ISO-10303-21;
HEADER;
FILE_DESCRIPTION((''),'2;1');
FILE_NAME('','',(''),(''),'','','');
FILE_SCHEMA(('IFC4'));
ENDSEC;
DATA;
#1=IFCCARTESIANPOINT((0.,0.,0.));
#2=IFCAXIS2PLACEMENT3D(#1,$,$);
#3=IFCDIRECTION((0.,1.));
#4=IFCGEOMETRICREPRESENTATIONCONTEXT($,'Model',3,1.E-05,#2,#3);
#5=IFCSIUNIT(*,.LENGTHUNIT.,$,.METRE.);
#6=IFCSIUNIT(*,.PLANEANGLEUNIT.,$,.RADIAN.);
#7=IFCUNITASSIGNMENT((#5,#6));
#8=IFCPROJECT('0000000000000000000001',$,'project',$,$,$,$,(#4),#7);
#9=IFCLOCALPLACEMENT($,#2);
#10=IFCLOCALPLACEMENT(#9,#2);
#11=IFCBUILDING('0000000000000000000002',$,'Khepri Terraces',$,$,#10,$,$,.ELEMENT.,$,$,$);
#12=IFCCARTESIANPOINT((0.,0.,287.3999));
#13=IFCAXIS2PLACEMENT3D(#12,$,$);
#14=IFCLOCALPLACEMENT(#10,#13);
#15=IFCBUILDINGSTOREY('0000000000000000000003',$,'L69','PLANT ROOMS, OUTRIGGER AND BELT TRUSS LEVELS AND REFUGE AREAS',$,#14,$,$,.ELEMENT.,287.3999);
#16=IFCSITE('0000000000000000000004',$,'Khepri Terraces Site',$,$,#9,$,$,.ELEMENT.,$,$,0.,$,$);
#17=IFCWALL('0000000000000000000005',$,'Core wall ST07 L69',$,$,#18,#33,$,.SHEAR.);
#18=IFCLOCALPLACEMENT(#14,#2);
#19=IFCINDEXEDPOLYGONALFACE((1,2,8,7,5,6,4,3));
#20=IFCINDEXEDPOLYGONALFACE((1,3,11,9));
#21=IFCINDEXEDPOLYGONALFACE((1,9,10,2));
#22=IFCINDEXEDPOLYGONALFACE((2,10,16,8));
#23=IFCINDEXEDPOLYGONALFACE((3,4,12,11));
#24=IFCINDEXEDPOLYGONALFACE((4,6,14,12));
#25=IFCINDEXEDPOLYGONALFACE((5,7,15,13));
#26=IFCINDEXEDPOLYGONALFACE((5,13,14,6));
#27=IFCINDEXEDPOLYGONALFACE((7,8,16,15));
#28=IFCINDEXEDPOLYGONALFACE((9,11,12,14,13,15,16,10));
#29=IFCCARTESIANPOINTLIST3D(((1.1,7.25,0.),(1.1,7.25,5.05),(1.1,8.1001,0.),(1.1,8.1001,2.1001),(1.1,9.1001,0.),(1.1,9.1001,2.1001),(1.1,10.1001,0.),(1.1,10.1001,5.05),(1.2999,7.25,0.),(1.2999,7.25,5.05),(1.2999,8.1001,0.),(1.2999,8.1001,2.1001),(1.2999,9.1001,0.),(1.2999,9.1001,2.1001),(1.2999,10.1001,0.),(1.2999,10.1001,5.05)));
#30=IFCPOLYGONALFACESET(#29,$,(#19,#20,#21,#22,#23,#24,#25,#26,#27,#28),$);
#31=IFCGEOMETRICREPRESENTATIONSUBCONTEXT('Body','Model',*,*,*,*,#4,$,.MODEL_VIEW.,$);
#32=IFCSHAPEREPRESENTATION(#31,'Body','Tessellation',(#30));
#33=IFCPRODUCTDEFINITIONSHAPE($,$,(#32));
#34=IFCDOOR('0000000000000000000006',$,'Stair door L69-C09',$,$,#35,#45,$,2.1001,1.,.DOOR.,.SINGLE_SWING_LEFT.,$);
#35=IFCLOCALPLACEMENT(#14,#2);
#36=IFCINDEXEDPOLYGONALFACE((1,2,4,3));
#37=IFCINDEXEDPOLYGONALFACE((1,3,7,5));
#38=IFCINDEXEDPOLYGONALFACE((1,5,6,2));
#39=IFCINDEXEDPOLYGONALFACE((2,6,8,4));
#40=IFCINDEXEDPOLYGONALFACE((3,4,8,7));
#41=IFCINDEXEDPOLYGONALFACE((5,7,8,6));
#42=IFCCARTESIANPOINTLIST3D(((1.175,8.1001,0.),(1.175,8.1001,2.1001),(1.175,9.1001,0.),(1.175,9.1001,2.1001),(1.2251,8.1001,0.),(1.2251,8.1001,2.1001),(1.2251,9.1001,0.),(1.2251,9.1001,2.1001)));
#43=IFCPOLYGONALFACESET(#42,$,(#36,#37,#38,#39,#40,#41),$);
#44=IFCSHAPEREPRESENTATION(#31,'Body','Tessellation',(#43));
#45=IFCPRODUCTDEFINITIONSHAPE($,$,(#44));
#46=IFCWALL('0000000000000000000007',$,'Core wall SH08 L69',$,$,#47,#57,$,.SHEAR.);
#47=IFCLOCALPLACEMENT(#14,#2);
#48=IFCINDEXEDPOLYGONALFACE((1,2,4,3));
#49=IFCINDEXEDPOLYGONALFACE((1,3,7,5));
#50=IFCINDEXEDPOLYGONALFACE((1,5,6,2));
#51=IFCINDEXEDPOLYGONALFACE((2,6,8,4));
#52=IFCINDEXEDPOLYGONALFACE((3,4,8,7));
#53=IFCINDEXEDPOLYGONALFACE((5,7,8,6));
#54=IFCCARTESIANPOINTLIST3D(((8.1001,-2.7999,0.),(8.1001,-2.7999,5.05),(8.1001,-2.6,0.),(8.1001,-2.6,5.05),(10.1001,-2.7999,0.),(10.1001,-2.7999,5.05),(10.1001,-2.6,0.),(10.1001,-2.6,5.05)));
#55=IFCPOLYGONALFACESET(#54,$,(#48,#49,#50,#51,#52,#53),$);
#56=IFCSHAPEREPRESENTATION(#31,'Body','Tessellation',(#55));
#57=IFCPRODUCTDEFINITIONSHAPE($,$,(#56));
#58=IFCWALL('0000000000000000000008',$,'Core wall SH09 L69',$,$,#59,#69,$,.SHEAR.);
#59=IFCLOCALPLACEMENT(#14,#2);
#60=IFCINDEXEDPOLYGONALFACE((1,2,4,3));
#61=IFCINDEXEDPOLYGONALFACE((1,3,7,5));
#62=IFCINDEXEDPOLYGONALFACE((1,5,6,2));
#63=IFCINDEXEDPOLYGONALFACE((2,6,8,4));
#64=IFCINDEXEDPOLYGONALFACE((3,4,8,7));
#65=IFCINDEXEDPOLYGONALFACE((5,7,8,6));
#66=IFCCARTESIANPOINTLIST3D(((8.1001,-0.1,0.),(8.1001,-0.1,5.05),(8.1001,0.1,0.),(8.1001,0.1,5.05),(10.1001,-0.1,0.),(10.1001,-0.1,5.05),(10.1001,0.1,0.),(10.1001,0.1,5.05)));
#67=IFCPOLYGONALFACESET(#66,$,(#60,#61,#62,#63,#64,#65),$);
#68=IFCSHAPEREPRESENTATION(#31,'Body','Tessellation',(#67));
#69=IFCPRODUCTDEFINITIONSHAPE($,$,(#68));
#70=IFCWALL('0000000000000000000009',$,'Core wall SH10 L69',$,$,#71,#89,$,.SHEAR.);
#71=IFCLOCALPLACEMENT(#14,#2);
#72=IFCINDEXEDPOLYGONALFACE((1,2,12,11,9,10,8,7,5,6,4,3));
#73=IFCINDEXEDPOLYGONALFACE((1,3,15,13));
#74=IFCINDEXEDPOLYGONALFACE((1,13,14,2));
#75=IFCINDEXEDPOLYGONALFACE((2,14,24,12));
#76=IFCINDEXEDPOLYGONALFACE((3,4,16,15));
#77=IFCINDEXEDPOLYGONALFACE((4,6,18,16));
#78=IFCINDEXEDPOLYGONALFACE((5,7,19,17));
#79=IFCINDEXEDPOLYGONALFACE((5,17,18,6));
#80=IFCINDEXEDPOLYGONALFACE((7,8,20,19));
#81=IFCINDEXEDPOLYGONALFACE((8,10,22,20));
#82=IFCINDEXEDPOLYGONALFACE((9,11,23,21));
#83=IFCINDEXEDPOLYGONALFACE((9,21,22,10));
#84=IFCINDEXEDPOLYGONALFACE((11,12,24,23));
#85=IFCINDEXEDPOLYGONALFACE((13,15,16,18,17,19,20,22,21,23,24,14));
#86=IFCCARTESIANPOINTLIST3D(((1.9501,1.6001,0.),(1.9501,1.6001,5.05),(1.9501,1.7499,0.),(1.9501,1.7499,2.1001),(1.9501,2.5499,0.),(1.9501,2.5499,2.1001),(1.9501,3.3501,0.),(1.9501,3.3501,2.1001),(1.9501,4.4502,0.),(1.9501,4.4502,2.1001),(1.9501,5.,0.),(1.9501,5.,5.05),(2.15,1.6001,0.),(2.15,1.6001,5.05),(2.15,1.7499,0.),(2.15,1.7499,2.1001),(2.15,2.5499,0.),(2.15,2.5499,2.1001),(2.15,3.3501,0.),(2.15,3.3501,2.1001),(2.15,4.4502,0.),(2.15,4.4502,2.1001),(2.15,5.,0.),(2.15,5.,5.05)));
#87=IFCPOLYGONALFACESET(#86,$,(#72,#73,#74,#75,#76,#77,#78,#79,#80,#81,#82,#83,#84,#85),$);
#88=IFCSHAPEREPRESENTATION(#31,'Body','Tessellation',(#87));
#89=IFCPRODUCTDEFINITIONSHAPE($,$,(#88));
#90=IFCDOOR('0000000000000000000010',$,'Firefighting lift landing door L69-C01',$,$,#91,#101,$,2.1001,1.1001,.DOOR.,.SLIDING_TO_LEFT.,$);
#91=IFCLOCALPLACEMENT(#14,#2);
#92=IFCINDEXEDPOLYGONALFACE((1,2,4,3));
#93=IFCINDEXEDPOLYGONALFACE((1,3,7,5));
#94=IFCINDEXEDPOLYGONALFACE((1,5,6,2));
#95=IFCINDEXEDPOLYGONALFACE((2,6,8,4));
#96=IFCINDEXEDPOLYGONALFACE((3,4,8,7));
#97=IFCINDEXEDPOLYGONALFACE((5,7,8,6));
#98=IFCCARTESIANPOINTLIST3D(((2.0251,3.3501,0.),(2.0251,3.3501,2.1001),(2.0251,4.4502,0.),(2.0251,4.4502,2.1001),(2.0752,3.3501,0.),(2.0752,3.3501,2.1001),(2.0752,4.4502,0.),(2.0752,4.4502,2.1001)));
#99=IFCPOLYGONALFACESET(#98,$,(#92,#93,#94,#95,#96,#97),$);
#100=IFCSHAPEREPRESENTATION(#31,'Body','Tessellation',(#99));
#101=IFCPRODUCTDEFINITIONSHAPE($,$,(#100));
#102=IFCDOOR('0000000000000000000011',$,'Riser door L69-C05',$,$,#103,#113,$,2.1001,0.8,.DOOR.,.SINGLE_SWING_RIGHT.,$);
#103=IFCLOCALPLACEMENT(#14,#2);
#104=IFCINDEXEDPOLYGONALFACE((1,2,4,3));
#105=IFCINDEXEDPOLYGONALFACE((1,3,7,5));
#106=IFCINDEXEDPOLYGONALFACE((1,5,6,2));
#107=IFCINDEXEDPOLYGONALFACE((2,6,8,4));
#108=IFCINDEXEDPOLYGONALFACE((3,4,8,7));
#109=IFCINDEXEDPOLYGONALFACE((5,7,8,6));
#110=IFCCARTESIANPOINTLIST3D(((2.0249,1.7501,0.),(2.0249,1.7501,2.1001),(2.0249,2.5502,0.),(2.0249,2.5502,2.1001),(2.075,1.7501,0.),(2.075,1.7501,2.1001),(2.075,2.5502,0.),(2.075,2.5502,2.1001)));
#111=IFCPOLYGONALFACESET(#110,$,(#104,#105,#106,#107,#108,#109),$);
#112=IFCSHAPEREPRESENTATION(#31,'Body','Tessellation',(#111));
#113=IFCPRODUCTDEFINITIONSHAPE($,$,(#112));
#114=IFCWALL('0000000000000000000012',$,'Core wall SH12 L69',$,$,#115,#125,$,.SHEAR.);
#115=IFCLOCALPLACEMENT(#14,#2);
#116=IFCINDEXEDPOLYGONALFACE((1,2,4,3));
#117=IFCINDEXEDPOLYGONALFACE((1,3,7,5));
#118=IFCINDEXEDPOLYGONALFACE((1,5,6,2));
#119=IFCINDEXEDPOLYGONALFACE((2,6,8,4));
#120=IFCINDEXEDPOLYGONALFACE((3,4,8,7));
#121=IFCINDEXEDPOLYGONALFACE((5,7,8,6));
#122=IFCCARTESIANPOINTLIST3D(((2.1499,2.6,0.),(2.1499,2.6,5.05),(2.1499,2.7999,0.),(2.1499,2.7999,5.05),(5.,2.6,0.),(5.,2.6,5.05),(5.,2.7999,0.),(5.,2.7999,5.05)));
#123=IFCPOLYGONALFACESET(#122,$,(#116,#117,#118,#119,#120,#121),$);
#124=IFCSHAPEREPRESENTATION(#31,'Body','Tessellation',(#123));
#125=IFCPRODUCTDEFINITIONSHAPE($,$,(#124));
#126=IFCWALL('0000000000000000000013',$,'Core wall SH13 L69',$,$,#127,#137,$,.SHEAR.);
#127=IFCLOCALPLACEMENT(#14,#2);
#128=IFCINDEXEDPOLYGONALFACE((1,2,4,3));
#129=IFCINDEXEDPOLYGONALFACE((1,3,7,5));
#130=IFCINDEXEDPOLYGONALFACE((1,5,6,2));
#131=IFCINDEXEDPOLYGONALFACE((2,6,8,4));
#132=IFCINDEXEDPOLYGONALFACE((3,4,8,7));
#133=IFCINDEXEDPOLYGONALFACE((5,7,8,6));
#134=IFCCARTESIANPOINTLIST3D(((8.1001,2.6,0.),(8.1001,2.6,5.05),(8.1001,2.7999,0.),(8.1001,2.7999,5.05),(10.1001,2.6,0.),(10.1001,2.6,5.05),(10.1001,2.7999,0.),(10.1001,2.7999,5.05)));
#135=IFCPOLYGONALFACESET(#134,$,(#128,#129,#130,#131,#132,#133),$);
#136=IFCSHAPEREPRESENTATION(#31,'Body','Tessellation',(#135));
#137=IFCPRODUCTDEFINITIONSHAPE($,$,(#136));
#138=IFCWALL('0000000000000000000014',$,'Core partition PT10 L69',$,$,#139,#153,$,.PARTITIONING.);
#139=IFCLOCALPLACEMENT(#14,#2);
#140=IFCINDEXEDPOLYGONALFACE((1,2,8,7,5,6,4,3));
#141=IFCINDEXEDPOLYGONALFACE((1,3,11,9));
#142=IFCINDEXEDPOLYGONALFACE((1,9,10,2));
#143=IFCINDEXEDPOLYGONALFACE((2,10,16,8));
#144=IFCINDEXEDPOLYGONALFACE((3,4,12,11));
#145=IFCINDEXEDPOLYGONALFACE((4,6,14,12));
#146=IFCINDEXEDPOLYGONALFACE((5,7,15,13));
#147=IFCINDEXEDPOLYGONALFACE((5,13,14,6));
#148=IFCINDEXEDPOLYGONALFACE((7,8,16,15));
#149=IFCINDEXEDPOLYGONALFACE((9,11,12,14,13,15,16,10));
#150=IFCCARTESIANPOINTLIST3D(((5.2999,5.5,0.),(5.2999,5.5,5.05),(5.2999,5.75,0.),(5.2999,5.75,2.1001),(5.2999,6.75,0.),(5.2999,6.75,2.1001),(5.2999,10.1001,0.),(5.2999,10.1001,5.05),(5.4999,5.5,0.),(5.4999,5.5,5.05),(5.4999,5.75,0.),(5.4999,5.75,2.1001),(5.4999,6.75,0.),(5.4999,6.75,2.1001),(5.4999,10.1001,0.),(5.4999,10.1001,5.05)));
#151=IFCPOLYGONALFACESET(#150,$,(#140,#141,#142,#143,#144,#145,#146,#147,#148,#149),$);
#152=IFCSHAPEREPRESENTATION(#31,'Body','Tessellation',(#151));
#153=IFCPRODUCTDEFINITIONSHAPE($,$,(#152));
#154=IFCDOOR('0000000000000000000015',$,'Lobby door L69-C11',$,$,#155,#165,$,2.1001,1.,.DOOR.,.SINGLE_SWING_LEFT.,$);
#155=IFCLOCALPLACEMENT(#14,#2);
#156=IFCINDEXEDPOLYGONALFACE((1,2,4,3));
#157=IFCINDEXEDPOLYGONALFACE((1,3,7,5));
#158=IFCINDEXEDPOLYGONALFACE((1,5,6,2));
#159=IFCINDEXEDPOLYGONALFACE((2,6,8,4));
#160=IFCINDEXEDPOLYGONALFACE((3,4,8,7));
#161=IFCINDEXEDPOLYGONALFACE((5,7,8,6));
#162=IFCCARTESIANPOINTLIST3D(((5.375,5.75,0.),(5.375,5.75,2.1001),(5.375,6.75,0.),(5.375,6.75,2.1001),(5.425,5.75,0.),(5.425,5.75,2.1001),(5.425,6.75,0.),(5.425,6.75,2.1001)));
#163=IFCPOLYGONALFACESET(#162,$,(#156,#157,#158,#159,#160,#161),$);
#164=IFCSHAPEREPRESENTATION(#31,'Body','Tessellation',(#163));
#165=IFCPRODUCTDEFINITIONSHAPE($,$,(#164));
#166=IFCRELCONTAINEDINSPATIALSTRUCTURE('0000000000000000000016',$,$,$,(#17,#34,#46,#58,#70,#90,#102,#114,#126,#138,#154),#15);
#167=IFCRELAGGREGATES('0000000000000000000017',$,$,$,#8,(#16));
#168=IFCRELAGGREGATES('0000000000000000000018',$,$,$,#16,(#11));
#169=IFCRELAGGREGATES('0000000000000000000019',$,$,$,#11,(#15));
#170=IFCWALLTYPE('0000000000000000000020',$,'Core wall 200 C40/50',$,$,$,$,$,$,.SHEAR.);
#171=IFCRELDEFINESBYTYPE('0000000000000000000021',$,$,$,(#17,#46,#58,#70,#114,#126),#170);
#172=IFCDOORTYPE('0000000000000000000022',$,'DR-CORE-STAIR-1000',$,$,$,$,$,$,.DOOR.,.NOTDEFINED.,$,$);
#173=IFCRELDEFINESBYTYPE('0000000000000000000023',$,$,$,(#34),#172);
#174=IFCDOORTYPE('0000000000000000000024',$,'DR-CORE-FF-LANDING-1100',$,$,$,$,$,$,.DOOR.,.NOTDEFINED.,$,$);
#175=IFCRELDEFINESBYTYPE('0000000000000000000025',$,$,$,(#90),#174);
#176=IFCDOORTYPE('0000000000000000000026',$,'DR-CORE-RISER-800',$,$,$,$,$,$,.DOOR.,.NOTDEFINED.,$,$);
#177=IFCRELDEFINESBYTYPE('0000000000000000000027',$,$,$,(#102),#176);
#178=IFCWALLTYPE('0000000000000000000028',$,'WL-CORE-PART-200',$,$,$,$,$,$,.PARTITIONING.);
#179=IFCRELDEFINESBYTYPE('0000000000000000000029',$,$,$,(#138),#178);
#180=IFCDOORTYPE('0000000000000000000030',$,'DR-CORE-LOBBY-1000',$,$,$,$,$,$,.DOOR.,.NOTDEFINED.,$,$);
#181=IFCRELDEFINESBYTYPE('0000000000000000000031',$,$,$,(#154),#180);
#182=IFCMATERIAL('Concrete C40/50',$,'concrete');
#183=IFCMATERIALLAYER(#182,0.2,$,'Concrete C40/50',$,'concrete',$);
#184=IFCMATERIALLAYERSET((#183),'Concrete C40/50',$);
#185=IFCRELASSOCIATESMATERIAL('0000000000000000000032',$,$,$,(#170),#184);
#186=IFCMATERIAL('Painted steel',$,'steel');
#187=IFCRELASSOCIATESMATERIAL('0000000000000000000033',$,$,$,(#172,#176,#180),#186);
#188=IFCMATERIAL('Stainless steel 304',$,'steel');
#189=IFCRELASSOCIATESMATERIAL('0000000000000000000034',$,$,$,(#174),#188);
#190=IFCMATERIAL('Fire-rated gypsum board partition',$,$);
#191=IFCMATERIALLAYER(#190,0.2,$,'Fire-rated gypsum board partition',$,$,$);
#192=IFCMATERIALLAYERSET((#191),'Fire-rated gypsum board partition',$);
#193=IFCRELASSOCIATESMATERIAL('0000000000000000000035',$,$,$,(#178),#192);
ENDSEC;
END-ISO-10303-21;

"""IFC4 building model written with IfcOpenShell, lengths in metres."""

from ifc_helpers import new_model, si_unit, direction, frame, frame_2d, origin, place, context, subcontext, project, spatial, rectangle, extrude, material, layer, layer_set, type_object, element, fill, save


model = new_model("IFC4")

# Units and contexts
model_context = context("Model", 3, precision=1e-05, world=origin(), true_north=direction((0.0, 1.0)))
body_context = subcontext(model_context, "Body", "Model", "MODEL_VIEW")
ifc_project = project(units=[si_unit("LENGTHUNIT", "METRE"), si_unit("PLANEANGLEUNIT", "RADIAN")], contexts=[model_context])

# Site, building, storey
site_placement = place(None, origin())
site = spatial("IfcSite", under=ifc_project, at=site_placement, Name="Khepri Terraces Site", CompositionType="ELEMENT", RefElevation=0.0)
building_placement = place(site_placement, origin())
building = spatial("IfcBuilding", under=site, at=building_placement, Name="Khepri Terraces", CompositionType="ELEMENT")
storey_placement = place(building_placement, frame((0.0, 0.0, 287.3999)))
storey = spatial("IfcBuildingStorey", under=building, at=storey_placement, Name="L69", Description="PLANT ROOMS, OUTRIGGER AND BELT TRUSS LEVELS AND REFUGE AREAS", CompositionType="ELEMENT", Elevation=287.3999)

# Shared definitions
ifc_material_1 = material(Name="Concrete C40/50", Category="concrete")

# Shared definitions
ifc_layer_1 = layer(ifc_material_1, 0.2, Name="Concrete C40/50", Category="concrete")
ifc_layer_set_1 = layer_set([ifc_layer_1], Name="Concrete C40/50")
wall_type_1 = type_object("IfcWallType", Name="Core wall 200 C40/50", PredefinedType="SHEAR", material=ifc_layer_set_1)

# Wall, opening, door
wall_1_placement = place(storey_placement, frame((1.2, 7.25, 0.0), z_axis=(0.0, 0.0, 1.0), x_axis=(0.0, 1.0, 0.0)))
wall_1 = element("IfcWall", 1, at=wall_1_placement, inside=storey, type_object=wall_type_1, Name="Core wall ST07 L69", PredefinedType="SHEAR", context=body_context, shape_type="SweptSolid", body=[
    extrude(rectangle(XDim=2.8501, YDim=0.2, at=frame_2d((1.425, 0.0))), origin(), (0.0, 0.0, 1.0), 5.05),
])
opening_1_placement = place(wall_1_placement, frame((0.8501, 0.0, 0.0)))
opening_1 = element("IfcOpeningElement", 2, at=opening_1_placement, cuts=wall_1, PredefinedType="OPENING", context=body_context, shape_type="SweptSolid", body=[
    extrude(rectangle(XDim=1.0, YDim=2.1001, at=frame_2d((0.5, 1.05))), frame((0.0, 0.1099, 0.0), z_axis=(0.0, -1.0, 0.0), x_axis=(1.0, 0.0, 0.0)), (0.0, 0.0, 1.0), 0.22),
])
ifc_material_2 = material(Name="Painted steel", Category="steel")
door_type_1 = type_object("IfcDoorType", Name="DR-CORE-STAIR-1000", OperationType="NOTDEFINED", PredefinedType="DOOR", material=ifc_material_2)
door_1_placement = place(opening_1_placement, origin())
door_1 = element("IfcDoor", 3, at=door_1_placement, inside=storey, type_object=door_type_1, Name="Stair door L69-C09", OperationType="SINGLE_SWING_LEFT", OverallHeight=2.1001, OverallWidth=1.0, PredefinedType="DOOR", context=body_context, shape_type="SweptSolid", body=[
    extrude(rectangle(XDim=1.0, YDim=2.1001, at=frame_2d((0.5, 1.05))), frame((0.0, 0.0249, 0.0), z_axis=(0.0, -1.0, 0.0), x_axis=(1.0, 0.0, 0.0)), (0.0, 0.0, 1.0), 0.05),
])
fill(opening_1, door_1)

# Walls
for number, where, z_axis, x_axis, name in (
    (4, (8.1001, -2.7, 0.0), (0.0, 0.0, 1.0), (1.0, 0.0, 0.0), "Core wall SH08 L69"),
    (5, (8.1001, 0.0, 0.0), (0.0, 0.0, 1.0), (1.0, 0.0, 0.0), "Core wall SH09 L69"),
):
    element("IfcWall", number, at=place(storey_placement, frame(where, z_axis=z_axis, x_axis=x_axis)), inside=storey, type_object=wall_type_1, Name=name, PredefinedType="SHEAR", context=body_context, shape_type="SweptSolid", body=[
        extrude(rectangle(XDim=2.0, YDim=0.2, at=frame_2d((1.0, 0.0))), origin(), (0.0, 0.0, 1.0), 5.05),
    ])

# Wall, openings, doors
wall_2_placement = place(storey_placement, frame((2.05, 1.6001, 0.0), z_axis=(0.0, 0.0, 1.0), x_axis=(0.0, 1.0, 0.0)))
wall_2 = element("IfcWall", 6, at=wall_2_placement, inside=storey, type_object=wall_type_1, Name="Core wall SH10 L69", PredefinedType="SHEAR", context=body_context, shape_type="SweptSolid", body=[
    extrude(rectangle(XDim=3.3999, YDim=0.2, at=frame_2d((1.7, 0.0))), origin(), (0.0, 0.0, 1.0), 5.05),
])
opening_2_placement = place(wall_2_placement, frame((1.75, 0.0, 0.0)))
opening_2 = element("IfcOpeningElement", 7, at=opening_2_placement, cuts=wall_2, PredefinedType="OPENING", context=body_context, shape_type="SweptSolid", body=[
    extrude(rectangle(XDim=1.1001, YDim=2.1001, at=frame_2d((0.55, 1.05))), frame((0.0, 0.1099, 0.0), z_axis=(0.0, -1.0, 0.0), x_axis=(1.0, 0.0, 0.0)), (0.0, 0.0, 1.0), 0.22),
])
opening_3_placement = place(wall_2_placement, frame((0.1499, 0.0, 0.0)))
opening_3 = element("IfcOpeningElement", 8, at=opening_3_placement, cuts=wall_2, PredefinedType="OPENING", context=body_context, shape_type="SweptSolid", body=[
    extrude(rectangle(XDim=0.8, YDim=2.1001, at=frame_2d((0.3999, 1.05))), frame((0.0, 0.1099, 0.0), z_axis=(0.0, -1.0, 0.0), x_axis=(1.0, 0.0, 0.0)), (0.0, 0.0, 1.0), 0.22),
])
ifc_material_3 = material(Name="Stainless steel 304", Category="steel")
door_type_2 = type_object("IfcDoorType", Name="DR-CORE-FF-LANDING-1100", OperationType="NOTDEFINED", PredefinedType="DOOR", material=ifc_material_3)
door_2_placement = place(opening_2_placement, origin())
door_2 = element("IfcDoor", 9, at=door_2_placement, inside=storey, type_object=door_type_2, Name="Firefighting lift landing door L69-C01", OperationType="SLIDING_TO_LEFT", OverallHeight=2.1001, OverallWidth=1.1001, PredefinedType="DOOR", context=body_context, shape_type="SweptSolid", body=[
    extrude(rectangle(XDim=1.1001, YDim=2.1001, at=frame_2d((0.55, 1.05))), frame((0.0, 0.0249, 0.0), z_axis=(0.0, -1.0, 0.0), x_axis=(1.0, 0.0, 0.0)), (0.0, 0.0, 1.0), 0.05),
])
fill(opening_2, door_2)
door_type_3 = type_object("IfcDoorType", Name="DR-CORE-RISER-800", OperationType="NOTDEFINED", PredefinedType="DOOR", material=ifc_material_2)
door_3_placement = place(opening_3_placement, frame((0.8, 0.0, 0.0), z_axis=(0.0, 0.0, 1.0), x_axis=(-1.0, 0.0, 0.0)))
door_3 = element("IfcDoor", 10, at=door_3_placement, inside=storey, type_object=door_type_3, Name="Riser door L69-C05", OperationType="SINGLE_SWING_RIGHT", OverallHeight=2.1001, OverallWidth=0.8, PredefinedType="DOOR", context=body_context, shape_type="SweptSolid", body=[
    extrude(rectangle(XDim=0.8, YDim=2.1001, at=frame_2d((0.3999, 1.05))), frame((0.0, 0.0249, 0.0), z_axis=(0.0, -1.0, 0.0), x_axis=(1.0, 0.0, 0.0)), (0.0, 0.0, 1.0), 0.05),
])
fill(opening_3, door_3)

# Walls
wall_3_placement = place(storey_placement, frame((2.1499, 2.7, 0.0), z_axis=(0.0, 0.0, 1.0), x_axis=(1.0, 0.0, 0.0)))
element("IfcWall", 11, at=wall_3_placement, inside=storey, type_object=wall_type_1, Name="Core wall SH12 L69", PredefinedType="SHEAR", context=body_context, shape_type="SweptSolid", body=[
    extrude(rectangle(XDim=2.8501, YDim=0.2, at=frame_2d((1.425, 0.0))), origin(), (0.0, 0.0, 1.0), 5.05),
])
wall_4_placement = place(storey_placement, frame((8.1001, 2.7, 0.0), z_axis=(0.0, 0.0, 1.0), x_axis=(1.0, 0.0, 0.0)))
element("IfcWall", 12, at=wall_4_placement, inside=storey, type_object=wall_type_1, Name="Core wall SH13 L69", PredefinedType="SHEAR", context=body_context, shape_type="SweptSolid", body=[
    extrude(rectangle(XDim=2.0, YDim=0.2, at=frame_2d((1.0, 0.0))), origin(), (0.0, 0.0, 1.0), 5.05),
])

# Wall, opening, door
ifc_material_4 = material(Name="Fire-rated gypsum board partition")
ifc_layer_2 = layer(ifc_material_4, 0.2, Name="Fire-rated gypsum board partition")
ifc_layer_set_2 = layer_set([ifc_layer_2], Name="Fire-rated gypsum board partition")
wall_type_2 = type_object("IfcWallType", Name="WL-CORE-PART-200", PredefinedType="PARTITIONING", material=ifc_layer_set_2)
wall_5_placement = place(storey_placement, frame((5.3999, 5.5, 0.0), z_axis=(0.0, 0.0, 1.0), x_axis=(0.0, 1.0, 0.0)))
wall_5 = element("IfcWall", 13, at=wall_5_placement, inside=storey, type_object=wall_type_2, Name="Core partition PT10 L69", PredefinedType="PARTITIONING", context=body_context, shape_type="SweptSolid", body=[
    extrude(rectangle(XDim=4.6001, YDim=0.2, at=frame_2d((2.3, 0.0))), origin(), (0.0, 0.0, 1.0), 5.05),
])
opening_4_placement = place(wall_5_placement, frame((0.25, 0.0, 0.0)))
opening_4 = element("IfcOpeningElement", 14, at=opening_4_placement, cuts=wall_5, PredefinedType="OPENING", context=body_context, shape_type="SweptSolid", body=[
    extrude(rectangle(XDim=1.0, YDim=2.1001, at=frame_2d((0.5, 1.05))), frame((0.0, 0.1099, 0.0), z_axis=(0.0, -1.0, 0.0), x_axis=(1.0, 0.0, 0.0)), (0.0, 0.0, 1.0), 0.22),
])
door_type_4 = type_object("IfcDoorType", Name="DR-CORE-LOBBY-1000", OperationType="NOTDEFINED", PredefinedType="DOOR", material=ifc_material_2)
door_4_placement = place(opening_4_placement, origin())
door_4 = element("IfcDoor", 15, at=door_4_placement, inside=storey, type_object=door_type_4, Name="Lobby door L69-C11", OperationType="SINGLE_SWING_LEFT", OverallHeight=2.1001, OverallWidth=1.0, PredefinedType="DOOR", context=body_context, shape_type="SweptSolid", body=[
    extrude(rectangle(XDim=1.0, YDim=2.1001, at=frame_2d((0.5, 1.05))), frame((0.0, 0.0249, 0.0), z_axis=(0.0, -1.0, 0.0), x_axis=(1.0, 0.0, 0.0)), (0.0, 0.0, 1.0), 0.05),
])
fill(opening_4, door_4)

save(model, "model.ifc")
